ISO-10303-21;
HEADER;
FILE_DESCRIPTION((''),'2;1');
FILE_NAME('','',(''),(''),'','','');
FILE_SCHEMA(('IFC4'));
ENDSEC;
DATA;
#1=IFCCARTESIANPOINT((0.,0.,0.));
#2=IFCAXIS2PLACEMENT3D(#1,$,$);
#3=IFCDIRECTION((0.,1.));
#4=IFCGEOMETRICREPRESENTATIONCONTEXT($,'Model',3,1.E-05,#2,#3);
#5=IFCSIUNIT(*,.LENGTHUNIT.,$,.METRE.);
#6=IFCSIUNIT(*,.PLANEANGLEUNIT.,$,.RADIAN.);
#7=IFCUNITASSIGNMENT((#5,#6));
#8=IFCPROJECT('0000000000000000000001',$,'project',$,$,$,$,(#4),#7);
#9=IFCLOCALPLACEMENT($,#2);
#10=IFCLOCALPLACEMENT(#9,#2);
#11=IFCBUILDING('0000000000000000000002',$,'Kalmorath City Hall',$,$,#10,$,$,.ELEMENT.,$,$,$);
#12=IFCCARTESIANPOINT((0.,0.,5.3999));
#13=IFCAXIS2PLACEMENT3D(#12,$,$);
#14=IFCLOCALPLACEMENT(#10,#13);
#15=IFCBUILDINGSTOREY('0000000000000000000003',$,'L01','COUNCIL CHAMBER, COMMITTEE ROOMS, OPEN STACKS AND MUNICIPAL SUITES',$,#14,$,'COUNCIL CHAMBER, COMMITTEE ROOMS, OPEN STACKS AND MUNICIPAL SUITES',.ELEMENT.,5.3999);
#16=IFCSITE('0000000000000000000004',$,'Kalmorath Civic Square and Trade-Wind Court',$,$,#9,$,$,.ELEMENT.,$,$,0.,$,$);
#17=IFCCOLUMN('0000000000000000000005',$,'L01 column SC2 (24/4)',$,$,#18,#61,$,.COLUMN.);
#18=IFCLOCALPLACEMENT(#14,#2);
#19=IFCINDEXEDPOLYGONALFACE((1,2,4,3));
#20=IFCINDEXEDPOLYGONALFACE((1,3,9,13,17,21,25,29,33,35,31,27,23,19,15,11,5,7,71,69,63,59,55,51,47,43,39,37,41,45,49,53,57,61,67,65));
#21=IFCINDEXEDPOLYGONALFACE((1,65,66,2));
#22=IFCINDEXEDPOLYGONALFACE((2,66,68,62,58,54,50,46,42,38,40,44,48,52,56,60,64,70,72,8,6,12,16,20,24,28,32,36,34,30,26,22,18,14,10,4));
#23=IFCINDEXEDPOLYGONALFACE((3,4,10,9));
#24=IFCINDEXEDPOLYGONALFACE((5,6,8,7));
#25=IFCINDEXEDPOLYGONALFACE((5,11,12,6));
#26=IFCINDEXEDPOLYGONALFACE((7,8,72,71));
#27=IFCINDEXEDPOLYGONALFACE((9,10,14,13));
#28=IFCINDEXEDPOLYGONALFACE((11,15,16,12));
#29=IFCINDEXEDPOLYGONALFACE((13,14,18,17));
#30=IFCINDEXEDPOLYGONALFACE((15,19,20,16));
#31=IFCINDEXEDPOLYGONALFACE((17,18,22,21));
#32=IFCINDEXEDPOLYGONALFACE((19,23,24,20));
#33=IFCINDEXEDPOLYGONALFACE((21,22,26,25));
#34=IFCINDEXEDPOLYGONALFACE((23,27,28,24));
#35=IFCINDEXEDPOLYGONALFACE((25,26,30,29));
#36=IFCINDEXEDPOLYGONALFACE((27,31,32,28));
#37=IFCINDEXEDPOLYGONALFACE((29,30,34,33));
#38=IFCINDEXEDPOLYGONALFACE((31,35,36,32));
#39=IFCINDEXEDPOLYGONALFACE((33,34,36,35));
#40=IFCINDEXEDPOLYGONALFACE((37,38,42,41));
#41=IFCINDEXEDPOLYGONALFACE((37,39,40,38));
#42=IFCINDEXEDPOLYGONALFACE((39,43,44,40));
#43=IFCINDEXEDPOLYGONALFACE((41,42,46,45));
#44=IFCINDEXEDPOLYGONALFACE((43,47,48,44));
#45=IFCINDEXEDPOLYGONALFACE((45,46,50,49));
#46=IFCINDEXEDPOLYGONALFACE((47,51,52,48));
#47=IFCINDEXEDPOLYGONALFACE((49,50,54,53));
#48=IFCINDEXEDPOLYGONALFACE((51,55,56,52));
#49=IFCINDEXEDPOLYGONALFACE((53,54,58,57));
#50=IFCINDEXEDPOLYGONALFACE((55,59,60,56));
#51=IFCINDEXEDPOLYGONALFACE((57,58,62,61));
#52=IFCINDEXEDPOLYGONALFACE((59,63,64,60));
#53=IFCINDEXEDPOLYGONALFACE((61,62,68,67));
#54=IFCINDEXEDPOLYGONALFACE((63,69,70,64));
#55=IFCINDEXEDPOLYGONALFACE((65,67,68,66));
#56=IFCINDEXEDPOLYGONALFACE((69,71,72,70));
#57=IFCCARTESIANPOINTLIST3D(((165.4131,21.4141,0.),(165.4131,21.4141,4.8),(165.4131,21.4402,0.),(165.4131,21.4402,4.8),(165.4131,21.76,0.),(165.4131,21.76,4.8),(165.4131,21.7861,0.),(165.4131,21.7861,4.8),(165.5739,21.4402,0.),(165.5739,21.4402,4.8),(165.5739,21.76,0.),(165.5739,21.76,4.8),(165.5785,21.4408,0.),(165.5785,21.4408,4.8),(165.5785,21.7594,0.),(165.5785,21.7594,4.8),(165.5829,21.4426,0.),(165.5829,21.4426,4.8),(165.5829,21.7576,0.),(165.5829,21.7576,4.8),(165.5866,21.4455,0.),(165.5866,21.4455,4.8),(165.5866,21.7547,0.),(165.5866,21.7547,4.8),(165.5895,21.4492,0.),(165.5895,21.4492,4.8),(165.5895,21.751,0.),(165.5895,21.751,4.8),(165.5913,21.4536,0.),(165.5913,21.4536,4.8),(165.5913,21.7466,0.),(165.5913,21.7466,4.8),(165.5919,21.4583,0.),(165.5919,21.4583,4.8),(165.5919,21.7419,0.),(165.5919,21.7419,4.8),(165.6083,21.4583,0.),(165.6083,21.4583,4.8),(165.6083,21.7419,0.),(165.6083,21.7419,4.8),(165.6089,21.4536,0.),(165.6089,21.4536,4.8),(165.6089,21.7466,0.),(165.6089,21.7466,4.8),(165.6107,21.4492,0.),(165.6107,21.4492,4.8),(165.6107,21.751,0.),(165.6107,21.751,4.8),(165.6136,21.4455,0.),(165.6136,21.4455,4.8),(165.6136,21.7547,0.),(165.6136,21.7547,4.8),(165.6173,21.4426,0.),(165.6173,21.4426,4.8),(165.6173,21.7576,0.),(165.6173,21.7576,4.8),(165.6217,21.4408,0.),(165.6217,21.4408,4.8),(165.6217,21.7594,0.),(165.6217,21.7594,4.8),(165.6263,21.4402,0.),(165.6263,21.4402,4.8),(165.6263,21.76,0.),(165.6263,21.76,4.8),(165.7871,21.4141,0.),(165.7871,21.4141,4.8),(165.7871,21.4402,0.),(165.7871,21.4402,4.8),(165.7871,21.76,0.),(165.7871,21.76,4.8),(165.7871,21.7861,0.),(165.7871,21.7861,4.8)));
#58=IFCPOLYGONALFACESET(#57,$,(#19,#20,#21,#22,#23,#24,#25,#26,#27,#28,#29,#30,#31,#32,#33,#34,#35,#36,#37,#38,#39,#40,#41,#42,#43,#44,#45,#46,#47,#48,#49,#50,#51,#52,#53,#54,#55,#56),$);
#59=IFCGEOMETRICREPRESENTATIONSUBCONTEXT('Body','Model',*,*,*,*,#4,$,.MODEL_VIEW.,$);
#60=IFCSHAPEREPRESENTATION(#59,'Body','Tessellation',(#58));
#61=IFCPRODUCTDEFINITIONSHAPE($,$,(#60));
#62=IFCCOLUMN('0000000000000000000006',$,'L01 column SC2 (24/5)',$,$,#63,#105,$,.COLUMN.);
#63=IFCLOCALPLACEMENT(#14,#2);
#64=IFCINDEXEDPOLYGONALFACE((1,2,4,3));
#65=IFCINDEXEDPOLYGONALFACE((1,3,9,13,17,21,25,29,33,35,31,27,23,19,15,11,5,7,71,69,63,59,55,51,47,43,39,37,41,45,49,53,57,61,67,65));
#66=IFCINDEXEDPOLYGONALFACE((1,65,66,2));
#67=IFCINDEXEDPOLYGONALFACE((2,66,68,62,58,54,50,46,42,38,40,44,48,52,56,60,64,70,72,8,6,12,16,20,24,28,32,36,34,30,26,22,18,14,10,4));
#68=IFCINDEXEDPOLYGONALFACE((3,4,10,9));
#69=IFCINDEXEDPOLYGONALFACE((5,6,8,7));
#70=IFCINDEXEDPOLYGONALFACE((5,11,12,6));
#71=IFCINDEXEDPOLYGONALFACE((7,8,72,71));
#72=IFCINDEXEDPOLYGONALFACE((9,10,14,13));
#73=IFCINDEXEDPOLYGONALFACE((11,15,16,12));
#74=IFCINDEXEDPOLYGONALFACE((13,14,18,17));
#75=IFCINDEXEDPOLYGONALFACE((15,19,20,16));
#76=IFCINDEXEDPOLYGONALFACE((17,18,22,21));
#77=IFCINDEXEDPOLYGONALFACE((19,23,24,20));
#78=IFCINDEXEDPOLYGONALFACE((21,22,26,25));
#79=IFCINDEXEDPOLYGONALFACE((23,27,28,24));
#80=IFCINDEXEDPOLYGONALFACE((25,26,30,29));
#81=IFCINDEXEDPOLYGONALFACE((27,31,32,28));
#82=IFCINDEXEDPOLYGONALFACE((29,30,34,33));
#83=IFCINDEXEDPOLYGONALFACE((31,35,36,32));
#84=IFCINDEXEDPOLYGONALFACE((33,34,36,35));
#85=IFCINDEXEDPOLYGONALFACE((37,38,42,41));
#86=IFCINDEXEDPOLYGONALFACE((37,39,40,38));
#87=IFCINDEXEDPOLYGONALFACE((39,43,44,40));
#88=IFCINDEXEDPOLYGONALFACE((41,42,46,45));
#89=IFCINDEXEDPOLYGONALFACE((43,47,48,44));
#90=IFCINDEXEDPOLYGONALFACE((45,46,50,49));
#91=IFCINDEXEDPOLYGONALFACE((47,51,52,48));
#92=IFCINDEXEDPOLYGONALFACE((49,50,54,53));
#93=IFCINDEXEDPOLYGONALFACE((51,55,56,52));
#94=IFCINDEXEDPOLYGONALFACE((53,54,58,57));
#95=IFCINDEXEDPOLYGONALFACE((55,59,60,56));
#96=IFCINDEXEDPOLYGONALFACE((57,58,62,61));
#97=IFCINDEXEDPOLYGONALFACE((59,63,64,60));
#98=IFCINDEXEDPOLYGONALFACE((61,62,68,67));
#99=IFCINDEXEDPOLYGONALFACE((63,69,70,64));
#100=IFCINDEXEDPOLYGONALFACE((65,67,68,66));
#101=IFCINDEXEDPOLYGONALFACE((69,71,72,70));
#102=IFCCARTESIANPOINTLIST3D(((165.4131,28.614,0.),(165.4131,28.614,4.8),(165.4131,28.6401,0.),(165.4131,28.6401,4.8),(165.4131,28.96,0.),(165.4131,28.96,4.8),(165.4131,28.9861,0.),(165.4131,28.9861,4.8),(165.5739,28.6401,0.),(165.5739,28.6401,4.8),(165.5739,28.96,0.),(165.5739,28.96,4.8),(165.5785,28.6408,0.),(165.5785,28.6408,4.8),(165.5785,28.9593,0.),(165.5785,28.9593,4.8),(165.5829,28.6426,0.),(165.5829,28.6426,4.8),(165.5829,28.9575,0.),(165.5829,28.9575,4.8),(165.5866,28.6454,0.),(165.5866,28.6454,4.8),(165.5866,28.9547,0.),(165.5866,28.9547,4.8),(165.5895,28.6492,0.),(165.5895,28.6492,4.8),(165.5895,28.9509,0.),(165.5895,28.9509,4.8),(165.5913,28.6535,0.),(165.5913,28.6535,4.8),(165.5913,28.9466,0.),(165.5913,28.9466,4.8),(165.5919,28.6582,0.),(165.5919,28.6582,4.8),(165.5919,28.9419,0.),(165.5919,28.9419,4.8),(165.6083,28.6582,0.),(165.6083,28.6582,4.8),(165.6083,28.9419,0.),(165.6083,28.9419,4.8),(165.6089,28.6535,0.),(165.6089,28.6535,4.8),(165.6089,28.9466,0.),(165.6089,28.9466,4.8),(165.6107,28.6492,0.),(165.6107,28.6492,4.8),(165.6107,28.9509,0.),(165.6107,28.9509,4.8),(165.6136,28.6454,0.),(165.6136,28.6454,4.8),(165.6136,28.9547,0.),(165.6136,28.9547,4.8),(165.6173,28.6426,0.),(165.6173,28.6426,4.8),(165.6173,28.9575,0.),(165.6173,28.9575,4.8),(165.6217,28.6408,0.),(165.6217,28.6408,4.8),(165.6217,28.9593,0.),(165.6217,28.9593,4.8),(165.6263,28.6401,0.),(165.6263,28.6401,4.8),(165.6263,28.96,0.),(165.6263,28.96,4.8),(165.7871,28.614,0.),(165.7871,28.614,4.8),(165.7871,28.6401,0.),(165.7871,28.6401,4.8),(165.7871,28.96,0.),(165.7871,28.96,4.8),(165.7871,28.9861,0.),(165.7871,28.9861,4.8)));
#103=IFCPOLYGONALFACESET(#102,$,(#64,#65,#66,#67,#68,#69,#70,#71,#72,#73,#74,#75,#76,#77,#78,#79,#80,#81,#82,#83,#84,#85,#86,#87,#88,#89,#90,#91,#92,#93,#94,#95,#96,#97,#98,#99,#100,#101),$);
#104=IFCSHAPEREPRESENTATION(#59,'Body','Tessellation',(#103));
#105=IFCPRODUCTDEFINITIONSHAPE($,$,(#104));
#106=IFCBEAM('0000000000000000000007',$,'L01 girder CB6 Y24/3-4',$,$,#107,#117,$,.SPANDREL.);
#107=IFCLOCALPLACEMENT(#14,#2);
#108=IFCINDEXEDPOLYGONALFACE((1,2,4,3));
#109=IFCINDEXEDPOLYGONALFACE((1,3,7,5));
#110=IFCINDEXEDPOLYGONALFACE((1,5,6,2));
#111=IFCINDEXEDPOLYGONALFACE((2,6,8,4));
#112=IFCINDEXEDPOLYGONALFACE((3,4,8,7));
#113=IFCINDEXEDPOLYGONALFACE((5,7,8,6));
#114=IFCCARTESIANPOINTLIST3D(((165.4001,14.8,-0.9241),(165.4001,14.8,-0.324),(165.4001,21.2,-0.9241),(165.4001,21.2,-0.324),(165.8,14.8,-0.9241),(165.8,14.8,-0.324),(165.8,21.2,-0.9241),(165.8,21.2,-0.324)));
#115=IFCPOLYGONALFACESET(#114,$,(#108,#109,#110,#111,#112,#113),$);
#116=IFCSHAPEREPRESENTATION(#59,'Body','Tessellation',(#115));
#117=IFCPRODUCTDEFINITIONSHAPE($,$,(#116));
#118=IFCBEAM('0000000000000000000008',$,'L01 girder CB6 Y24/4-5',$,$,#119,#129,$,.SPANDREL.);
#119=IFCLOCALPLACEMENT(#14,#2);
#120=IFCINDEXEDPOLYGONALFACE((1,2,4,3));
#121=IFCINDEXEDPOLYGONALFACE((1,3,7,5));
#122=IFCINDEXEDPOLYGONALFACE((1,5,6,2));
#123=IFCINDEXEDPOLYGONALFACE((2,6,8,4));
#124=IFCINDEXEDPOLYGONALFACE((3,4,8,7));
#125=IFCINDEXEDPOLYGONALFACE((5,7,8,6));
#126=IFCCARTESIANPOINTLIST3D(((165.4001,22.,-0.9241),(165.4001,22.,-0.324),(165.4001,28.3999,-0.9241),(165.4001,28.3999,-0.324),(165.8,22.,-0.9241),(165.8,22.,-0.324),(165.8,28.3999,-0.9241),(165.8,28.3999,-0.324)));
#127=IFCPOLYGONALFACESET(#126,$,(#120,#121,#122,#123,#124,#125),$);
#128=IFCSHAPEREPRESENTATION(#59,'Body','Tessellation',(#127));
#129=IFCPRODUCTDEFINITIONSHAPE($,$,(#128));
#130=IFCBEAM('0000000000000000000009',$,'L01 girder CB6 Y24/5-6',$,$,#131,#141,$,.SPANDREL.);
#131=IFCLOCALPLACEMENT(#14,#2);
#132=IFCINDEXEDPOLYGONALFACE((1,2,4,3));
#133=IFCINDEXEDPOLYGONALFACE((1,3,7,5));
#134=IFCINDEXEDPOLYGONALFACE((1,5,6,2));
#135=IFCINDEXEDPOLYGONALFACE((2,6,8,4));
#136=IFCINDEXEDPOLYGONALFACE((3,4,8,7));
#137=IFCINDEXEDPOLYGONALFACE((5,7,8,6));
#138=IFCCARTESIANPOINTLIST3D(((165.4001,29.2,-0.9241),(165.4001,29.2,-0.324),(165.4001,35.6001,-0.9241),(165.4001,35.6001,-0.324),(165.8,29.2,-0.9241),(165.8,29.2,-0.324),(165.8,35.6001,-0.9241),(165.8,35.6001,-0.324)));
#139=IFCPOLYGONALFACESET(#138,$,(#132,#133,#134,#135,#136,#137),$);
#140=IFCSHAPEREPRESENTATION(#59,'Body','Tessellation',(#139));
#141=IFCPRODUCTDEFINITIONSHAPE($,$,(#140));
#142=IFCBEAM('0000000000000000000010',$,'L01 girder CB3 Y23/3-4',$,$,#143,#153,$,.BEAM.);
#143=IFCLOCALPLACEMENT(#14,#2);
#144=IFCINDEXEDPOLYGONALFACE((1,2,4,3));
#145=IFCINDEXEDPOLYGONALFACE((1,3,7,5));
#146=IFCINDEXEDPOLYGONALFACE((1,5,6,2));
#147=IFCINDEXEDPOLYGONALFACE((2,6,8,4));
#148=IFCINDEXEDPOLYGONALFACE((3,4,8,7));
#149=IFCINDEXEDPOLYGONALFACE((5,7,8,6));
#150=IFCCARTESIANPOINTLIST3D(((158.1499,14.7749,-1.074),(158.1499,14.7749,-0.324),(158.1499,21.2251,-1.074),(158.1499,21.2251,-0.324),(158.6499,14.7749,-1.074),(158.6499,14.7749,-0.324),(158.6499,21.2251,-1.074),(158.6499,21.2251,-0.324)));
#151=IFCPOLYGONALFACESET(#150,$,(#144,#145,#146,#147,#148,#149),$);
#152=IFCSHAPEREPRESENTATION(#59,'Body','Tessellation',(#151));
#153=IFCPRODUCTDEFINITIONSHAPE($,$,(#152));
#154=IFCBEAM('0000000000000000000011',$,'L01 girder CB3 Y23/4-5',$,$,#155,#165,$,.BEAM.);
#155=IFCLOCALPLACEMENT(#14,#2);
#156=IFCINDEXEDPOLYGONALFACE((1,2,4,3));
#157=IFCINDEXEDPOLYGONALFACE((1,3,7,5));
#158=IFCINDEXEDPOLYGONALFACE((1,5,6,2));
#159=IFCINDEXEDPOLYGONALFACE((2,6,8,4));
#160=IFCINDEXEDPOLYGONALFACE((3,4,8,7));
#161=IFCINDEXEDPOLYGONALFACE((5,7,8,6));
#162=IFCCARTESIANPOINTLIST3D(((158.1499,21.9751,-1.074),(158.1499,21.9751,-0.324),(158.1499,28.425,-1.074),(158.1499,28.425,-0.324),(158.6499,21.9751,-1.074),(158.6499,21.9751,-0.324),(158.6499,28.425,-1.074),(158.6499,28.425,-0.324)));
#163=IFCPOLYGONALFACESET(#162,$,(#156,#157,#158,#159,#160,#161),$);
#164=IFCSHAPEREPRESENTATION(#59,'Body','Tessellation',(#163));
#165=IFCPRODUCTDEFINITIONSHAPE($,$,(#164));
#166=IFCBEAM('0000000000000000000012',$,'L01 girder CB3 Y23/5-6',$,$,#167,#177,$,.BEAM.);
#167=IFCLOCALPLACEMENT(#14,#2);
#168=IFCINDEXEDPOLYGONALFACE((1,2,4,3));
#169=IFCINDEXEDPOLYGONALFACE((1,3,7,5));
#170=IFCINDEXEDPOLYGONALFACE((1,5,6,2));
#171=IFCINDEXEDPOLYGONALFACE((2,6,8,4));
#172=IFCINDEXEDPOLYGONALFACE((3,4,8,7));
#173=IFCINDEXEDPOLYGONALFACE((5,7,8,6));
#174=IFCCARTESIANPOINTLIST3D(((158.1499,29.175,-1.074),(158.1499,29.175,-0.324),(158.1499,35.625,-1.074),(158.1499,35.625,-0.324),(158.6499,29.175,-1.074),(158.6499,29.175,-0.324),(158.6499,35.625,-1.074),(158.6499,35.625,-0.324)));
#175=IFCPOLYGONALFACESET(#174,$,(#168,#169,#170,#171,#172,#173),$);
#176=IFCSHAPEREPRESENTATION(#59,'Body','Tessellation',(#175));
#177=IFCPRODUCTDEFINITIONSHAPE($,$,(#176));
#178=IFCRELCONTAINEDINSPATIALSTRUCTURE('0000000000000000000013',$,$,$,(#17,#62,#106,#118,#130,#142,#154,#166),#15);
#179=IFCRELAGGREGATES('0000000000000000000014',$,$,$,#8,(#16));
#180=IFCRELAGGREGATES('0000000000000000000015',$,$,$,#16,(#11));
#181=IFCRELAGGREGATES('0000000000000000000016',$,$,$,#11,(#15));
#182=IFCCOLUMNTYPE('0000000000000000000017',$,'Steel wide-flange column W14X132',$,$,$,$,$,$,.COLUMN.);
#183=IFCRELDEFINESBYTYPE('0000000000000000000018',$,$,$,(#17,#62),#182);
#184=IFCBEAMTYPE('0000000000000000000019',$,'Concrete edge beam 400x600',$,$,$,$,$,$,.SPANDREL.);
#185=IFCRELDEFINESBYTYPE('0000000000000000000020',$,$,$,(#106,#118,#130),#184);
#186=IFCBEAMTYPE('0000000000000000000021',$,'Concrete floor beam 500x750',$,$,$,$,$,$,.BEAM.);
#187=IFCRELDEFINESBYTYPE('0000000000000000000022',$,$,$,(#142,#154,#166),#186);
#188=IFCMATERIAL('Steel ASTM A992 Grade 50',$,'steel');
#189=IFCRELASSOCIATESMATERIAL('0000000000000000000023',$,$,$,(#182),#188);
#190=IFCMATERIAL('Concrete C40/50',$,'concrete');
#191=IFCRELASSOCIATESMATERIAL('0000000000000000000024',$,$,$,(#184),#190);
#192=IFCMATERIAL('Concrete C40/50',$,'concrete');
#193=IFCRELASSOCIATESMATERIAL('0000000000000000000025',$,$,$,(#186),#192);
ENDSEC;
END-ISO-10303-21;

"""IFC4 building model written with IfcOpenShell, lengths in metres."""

from ifc_helpers import new_model, si_unit, direction, frame, origin, origin_2d, place, context, subcontext, project, spatial, rectangle, i_section, extrude, material, material_profile, profile_set, type_object, element, save


model = new_model("IFC4")

# Units and contexts
model_context = context("Model", 3, precision=1e-05, world=origin(), true_north=direction((0.0, 1.0)))
body_context = subcontext(model_context, "Body", "Model", "MODEL_VIEW")
ifc_project = project(units=[si_unit("LENGTHUNIT", "METRE"), si_unit("PLANEANGLEUNIT", "RADIAN")], contexts=[model_context])

# Site, building, storey
site_placement = place(None, origin())
site = spatial("IfcSite", under=ifc_project, at=site_placement, Name="Kalmorath Civic Square and Trade-Wind Court", CompositionType="ELEMENT", RefElevation=0.0)
building_placement = place(site_placement, origin())
building = spatial("IfcBuilding", under=site, at=building_placement, Name="Kalmorath City Hall", CompositionType="ELEMENT")
storey_placement = place(building_placement, frame((0.0, 0.0, 5.3999)))
storey = spatial("IfcBuildingStorey", under=building, at=storey_placement, Name="L01", Description="COUNCIL CHAMBER, COMMITTEE ROOMS, OPEN STACKS AND MUNICIPAL SUITES", LongName="COUNCIL CHAMBER, COMMITTEE ROOMS, OPEN STACKS AND MUNICIPAL SUITES", CompositionType="ELEMENT", Elevation=5.3999)

# Columns
ifc_material_1 = material(Name="Steel ASTM A992 Grade 50", Category="steel")
ifc_material_profile_1 = material_profile(ifc_material_1, i_section(OverallWidth=0.374, OverallDepth=0.3721, WebThickness=0.0164, FlangeThickness=0.0261, FilletRadius=0.0181, at=origin_2d()), Name="W14X132")
ifc_profile_set_1 = profile_set([ifc_material_profile_1], Name="Steel ASTM A992 Grade 50")
column_type_1 = type_object("IfcColumnType", Name="Steel wide-flange column W14X132", PredefinedType="COLUMN", material=ifc_profile_set_1)
for number, where, z_axis, x_axis, name in (
    (1, (165.6001, 21.6001, 0.0), (0.0, 0.0, 1.0), (1.0, 0.0, 0.0), "L01 column SC2 (24/4)"),
    (2, (165.6001, 28.8, 0.0), (0.0, 0.0, 1.0), (1.0, 0.0, 0.0), "L01 column SC2 (24/5)"),
):
    element("IfcColumn", number, at=place(storey_placement, frame(where, z_axis=z_axis, x_axis=x_axis)), inside=storey, type_object=column_type_1, Name=name, PredefinedType="COLUMN", context=body_context, shape_type="SweptSolid", body=[
        extrude(i_section(OverallWidth=0.374, OverallDepth=0.3721, WebThickness=0.0164, FlangeThickness=0.0261, FilletRadius=0.0181, at=origin_2d()), origin(), (0.0, 0.0, 1.0), 4.8),
    ])

# Beams
ifc_material_2 = material(Name="Concrete C40/50", Category="concrete")
ifc_material_profile_2 = material_profile(ifc_material_2, rectangle(XDim=0.3999, YDim=0.6001, at=origin_2d()), Name="RC-BM-400X600")
ifc_profile_set_2 = profile_set([ifc_material_profile_2], Name="Concrete C40/50")
beam_type_1 = type_object("IfcBeamType", Name="Concrete edge beam 400x600", PredefinedType="SPANDREL", material=ifc_profile_set_2)
for number, where, z_axis, x_axis, name in (
    (3, (165.6001, 14.8, -0.624), (0.0, 1.0, 0.0), (-1.0, 0.0, 0.0), "L01 girder CB6 Y24/3-4"),
    (4, (165.6001, 22.0, -0.624), (0.0, 1.0, 0.0), (-1.0, 0.0, 0.0), "L01 girder CB6 Y24/4-5"),
):
    element("IfcBeam", number, at=place(storey_placement, frame(where, z_axis=z_axis, x_axis=x_axis)), inside=storey, type_object=beam_type_1, Name=name, PredefinedType="SPANDREL", context=body_context, shape_type="SweptSolid", body=[
        extrude(rectangle(XDim=0.3999, YDim=0.6001, at=origin_2d()), origin(), (0.0, 0.0, 1.0), 6.3999),
    ])
beam_1_placement = place(storey_placement, frame((165.6001, 29.2, -0.624), z_axis=(0.0, 1.0, 0.0), x_axis=(-1.0, 0.0, 0.0)))
element("IfcBeam", 5, at=beam_1_placement, inside=storey, type_object=beam_type_1, Name="L01 girder CB6 Y24/5-6", PredefinedType="SPANDREL", context=body_context, shape_type="SweptSolid", body=[
    extrude(rectangle(XDim=0.3999, YDim=0.6001, at=origin_2d()), origin(), (0.0, 0.0, 1.0), 6.4001),
])
ifc_material_3 = material(Name="Concrete C40/50", Category="concrete")
ifc_material_profile_3 = material_profile(ifc_material_3, rectangle(XDim=0.5, YDim=0.75, at=origin_2d()), Name="RC-BM-500X750")
ifc_profile_set_3 = profile_set([ifc_material_profile_3], Name="Concrete C40/50")
beam_type_2 = type_object("IfcBeamType", Name="Concrete floor beam 500x750", PredefinedType="BEAM", material=ifc_profile_set_3)
beam_2_placement = place(storey_placement, frame((158.3999, 14.7749, -0.699), z_axis=(0.0, 1.0, 0.0), x_axis=(-1.0, 0.0, 0.0)))
element("IfcBeam", 6, at=beam_2_placement, inside=storey, type_object=beam_type_2, Name="L01 girder CB3 Y23/3-4", PredefinedType="BEAM", context=body_context, shape_type="SweptSolid", body=[
    extrude(rectangle(XDim=0.5, YDim=0.75, at=origin_2d()), origin(), (0.0, 0.0, 1.0), 6.4502),
])
for number, where, z_axis, x_axis, name in (
    (7, (158.3999, 21.9751, -0.699), (0.0, 1.0, 0.0), (-1.0, 0.0, 0.0), "L01 girder CB3 Y23/4-5"),
    (8, (158.3999, 29.175, -0.699), (0.0, 1.0, 0.0), (-1.0, 0.0, 0.0), "L01 girder CB3 Y23/5-6"),
):
    element("IfcBeam", number, at=place(storey_placement, frame(where, z_axis=z_axis, x_axis=x_axis)), inside=storey, type_object=beam_type_2, Name=name, PredefinedType="BEAM", context=body_context, shape_type="SweptSolid", body=[
        extrude(rectangle(XDim=0.5, YDim=0.75, at=origin_2d()), origin(), (0.0, 0.0, 1.0), 6.45),
    ])

save(model, "model.ifc")
